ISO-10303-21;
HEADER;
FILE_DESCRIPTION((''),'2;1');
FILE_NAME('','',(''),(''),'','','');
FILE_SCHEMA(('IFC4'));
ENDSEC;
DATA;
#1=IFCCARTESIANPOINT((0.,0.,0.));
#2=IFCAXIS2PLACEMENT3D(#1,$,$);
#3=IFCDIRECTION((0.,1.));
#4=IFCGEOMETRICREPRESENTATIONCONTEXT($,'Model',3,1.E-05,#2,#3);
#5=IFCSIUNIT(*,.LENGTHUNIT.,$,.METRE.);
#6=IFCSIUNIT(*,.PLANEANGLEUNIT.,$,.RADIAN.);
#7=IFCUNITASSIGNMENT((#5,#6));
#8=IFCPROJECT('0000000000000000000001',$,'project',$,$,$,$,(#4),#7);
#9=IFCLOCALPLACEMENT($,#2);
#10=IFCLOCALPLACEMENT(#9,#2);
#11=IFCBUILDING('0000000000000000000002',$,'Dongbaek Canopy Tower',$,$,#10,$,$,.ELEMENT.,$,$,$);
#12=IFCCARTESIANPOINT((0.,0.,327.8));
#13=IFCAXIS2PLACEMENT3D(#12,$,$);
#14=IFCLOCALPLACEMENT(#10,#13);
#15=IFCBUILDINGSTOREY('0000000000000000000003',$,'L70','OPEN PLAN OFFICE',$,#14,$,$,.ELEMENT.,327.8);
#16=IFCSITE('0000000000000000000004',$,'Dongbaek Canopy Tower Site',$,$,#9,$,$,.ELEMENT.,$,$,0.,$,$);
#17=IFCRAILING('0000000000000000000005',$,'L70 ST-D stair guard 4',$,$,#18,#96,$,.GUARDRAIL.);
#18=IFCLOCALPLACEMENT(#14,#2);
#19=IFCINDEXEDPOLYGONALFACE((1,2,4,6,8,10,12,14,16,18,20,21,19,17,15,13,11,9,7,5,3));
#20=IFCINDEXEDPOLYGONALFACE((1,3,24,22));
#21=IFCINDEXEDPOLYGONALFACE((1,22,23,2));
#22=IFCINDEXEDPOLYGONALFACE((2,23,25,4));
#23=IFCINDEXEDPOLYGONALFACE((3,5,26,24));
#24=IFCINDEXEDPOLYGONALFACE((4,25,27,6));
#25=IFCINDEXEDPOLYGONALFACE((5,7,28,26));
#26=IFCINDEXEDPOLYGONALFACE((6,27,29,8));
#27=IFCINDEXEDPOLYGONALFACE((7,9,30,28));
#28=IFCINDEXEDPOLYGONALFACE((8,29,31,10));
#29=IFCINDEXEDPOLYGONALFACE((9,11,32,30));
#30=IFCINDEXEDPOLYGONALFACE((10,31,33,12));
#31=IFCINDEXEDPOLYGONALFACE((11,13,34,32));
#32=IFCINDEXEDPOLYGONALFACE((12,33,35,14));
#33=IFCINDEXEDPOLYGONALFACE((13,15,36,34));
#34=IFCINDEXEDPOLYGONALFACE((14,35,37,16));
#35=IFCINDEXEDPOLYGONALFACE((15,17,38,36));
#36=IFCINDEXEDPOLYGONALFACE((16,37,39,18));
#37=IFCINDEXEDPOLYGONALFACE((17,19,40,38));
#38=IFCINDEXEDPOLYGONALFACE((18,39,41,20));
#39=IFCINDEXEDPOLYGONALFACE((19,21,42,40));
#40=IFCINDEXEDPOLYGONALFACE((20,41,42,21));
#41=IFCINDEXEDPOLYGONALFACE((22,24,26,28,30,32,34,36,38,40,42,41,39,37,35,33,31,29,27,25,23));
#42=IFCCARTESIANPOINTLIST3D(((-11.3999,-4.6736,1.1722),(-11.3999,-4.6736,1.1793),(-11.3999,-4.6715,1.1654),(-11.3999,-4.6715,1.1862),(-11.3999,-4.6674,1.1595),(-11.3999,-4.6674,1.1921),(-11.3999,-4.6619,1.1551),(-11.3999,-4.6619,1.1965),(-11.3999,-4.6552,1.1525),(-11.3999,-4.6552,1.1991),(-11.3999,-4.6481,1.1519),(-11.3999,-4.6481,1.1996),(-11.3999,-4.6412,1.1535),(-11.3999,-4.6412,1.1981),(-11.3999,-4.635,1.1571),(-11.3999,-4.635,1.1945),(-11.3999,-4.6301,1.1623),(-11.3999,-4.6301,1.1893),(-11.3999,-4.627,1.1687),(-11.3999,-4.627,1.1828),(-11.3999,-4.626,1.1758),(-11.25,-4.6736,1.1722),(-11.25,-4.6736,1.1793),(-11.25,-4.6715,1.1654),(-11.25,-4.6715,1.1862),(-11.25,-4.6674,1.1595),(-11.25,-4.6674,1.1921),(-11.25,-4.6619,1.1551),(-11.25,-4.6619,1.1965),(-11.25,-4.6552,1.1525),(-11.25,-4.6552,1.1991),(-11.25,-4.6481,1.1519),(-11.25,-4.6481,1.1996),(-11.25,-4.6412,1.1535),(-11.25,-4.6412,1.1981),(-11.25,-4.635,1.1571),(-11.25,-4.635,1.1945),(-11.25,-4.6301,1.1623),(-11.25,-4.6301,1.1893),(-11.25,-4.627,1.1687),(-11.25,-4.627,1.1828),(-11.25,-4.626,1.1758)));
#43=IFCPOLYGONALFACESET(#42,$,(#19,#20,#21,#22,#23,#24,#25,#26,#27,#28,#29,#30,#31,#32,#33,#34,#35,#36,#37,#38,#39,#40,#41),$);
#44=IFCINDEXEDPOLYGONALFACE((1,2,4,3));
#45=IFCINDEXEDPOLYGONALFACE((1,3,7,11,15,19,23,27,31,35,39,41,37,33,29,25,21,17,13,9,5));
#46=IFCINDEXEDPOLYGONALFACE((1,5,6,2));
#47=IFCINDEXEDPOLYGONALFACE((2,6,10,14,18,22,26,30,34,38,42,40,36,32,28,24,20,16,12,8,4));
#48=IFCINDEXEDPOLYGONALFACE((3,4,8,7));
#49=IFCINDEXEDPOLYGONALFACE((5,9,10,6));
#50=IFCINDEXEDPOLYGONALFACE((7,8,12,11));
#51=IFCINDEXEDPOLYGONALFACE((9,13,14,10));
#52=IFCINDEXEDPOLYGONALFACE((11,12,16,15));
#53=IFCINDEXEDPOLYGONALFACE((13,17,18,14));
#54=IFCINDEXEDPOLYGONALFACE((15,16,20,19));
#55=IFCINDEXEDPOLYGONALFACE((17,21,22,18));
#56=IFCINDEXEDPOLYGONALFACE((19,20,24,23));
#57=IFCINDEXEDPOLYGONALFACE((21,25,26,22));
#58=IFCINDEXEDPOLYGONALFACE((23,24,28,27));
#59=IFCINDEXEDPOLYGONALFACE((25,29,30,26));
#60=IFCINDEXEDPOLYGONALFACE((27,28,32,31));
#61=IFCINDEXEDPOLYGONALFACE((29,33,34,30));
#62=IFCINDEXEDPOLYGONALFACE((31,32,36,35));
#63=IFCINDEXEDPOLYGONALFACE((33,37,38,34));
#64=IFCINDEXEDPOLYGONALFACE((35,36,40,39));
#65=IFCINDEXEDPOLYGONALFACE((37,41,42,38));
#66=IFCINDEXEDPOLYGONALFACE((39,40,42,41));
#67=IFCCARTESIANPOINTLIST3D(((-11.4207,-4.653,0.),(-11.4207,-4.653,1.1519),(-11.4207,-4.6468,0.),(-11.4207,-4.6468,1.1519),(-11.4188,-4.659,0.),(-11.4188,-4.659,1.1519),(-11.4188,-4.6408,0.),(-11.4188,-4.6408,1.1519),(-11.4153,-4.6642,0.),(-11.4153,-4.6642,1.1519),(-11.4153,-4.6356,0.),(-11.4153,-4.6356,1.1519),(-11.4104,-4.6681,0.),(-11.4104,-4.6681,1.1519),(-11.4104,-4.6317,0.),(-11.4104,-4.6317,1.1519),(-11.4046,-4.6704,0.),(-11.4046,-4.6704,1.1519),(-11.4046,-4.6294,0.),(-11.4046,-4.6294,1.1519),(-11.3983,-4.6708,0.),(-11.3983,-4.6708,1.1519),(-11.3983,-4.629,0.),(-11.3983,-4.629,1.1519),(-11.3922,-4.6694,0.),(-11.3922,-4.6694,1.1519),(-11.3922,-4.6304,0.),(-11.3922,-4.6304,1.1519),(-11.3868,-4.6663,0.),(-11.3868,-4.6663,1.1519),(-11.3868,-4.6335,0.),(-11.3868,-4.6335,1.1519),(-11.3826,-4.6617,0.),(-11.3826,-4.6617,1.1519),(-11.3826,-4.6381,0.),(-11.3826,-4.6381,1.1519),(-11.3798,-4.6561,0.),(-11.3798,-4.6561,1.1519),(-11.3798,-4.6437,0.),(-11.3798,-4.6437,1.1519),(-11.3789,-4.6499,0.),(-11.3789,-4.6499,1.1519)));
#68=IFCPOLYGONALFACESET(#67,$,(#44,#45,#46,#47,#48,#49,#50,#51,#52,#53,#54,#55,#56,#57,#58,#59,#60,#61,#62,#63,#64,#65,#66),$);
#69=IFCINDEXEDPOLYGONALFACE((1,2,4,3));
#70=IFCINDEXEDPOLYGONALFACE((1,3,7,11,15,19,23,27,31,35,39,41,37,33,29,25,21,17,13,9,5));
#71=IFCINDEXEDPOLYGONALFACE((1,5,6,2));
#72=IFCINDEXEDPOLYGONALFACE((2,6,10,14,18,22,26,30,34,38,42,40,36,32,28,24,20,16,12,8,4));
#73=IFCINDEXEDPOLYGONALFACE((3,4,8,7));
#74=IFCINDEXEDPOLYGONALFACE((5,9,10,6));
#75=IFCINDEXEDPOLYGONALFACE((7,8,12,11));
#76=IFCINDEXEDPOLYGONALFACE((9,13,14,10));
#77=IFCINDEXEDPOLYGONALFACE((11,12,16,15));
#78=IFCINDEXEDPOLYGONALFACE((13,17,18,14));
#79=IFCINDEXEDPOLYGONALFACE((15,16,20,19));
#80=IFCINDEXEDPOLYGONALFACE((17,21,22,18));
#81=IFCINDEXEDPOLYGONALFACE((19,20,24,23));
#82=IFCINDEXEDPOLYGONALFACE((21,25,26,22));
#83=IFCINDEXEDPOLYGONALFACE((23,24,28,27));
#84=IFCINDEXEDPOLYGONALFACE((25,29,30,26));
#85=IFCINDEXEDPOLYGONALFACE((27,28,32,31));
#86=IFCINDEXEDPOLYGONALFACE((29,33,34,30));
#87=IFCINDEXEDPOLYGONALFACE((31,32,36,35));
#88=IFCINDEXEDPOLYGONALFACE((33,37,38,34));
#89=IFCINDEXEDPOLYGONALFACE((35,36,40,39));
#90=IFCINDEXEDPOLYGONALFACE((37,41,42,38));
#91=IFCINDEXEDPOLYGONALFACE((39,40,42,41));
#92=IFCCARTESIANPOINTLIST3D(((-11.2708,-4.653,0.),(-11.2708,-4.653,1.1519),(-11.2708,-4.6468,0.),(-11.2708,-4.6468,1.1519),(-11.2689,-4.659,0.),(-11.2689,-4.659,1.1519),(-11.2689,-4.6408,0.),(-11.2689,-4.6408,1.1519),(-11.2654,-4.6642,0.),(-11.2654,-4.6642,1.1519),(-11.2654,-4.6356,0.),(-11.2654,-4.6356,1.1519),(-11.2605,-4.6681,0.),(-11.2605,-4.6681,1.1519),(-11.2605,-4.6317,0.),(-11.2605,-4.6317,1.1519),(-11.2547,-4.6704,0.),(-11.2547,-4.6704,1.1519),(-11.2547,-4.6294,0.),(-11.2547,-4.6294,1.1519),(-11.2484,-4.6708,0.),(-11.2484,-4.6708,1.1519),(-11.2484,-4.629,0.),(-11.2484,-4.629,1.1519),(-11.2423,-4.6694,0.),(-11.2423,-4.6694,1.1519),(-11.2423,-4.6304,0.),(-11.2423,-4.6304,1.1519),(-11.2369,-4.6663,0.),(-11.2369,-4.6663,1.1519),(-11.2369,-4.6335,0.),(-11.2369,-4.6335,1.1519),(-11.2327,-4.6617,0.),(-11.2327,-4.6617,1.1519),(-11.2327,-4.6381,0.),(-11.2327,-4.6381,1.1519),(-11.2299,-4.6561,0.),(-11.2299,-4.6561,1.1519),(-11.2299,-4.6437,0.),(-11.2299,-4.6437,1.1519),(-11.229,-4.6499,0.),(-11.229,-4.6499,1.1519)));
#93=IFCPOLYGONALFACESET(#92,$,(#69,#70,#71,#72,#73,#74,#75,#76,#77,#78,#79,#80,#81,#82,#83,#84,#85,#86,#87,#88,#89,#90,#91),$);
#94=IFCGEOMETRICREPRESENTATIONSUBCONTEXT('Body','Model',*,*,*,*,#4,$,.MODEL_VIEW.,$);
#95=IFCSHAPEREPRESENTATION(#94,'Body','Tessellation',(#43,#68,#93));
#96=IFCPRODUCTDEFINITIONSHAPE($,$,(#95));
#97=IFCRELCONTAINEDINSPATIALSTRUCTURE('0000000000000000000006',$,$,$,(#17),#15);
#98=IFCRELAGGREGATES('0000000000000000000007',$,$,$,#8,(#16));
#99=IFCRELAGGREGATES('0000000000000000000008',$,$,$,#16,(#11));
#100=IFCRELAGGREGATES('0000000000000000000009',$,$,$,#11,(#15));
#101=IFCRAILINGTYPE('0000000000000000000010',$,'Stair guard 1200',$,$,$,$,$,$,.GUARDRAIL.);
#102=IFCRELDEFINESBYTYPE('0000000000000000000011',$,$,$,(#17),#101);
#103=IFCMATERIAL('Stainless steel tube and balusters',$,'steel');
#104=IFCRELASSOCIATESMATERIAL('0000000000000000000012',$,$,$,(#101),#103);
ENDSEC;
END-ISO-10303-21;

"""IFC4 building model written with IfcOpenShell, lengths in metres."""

from ifc_helpers import new_model, si_unit, direction, frame, origin, origin_2d, place, context, subcontext, project, spatial, circle, extrude, material, type_object, element, save


model = new_model("IFC4")

# Units and contexts
model_context = context("Model", 3, precision=1e-05, world=origin(), true_north=direction((0.0, 1.0)))
body_context = subcontext(model_context, "Body", "Model", "MODEL_VIEW")
ifc_project = project(units=[si_unit("LENGTHUNIT", "METRE"), si_unit("PLANEANGLEUNIT", "RADIAN")], contexts=[model_context])

# Site, building, storey
site_placement = place(None, origin())
site = spatial("IfcSite", under=ifc_project, at=site_placement, Name="Dongbaek Canopy Tower Site", CompositionType="ELEMENT", RefElevation=0.0)
building_placement = place(site_placement, origin())
building = spatial("IfcBuilding", under=site, at=building_placement, Name="Dongbaek Canopy Tower", CompositionType="ELEMENT")
storey_placement = place(building_placement, frame((0.0, 0.0, 327.8)))
storey = spatial("IfcBuildingStorey", under=building, at=storey_placement, Name="L70", Description="OPEN PLAN OFFICE", CompositionType="ELEMENT", Elevation=327.8)

# Railing
ifc_material_1 = material(Name="Stainless steel tube and balusters", Category="steel")
railing_type_1 = type_object("IfcRailingType", Name="Stair guard 1200", PredefinedType="GUARDRAIL", material=ifc_material_1)
railing_1_placement = place(storey_placement, frame((-11.3999, -4.6499, 0.0)))
element("IfcRailing", 1, at=railing_1_placement, inside=storey, type_object=railing_type_1, Name="L70 ST-D stair guard 4", PredefinedType="GUARDRAIL", context=body_context, shape_type="SweptSolid", body=[
    extrude(circle(Radius=0.0239, at=origin_2d()), frame((0.0, 0.0, 1.1758), z_axis=(1.0, 0.0, 0.0), x_axis=(0.0, 1.0, 0.0)), (0.0, 0.0, 1.0), 0.1499),
    extrude(circle(Radius=0.021, at=origin_2d()), origin(), (0.0, 0.0, 1.0), 1.1519),
    extrude(circle(Radius=0.021, at=origin_2d()), frame((0.1499, 0.0, 0.0)), (0.0, 0.0, 1.0), 1.1519),
])

save(model, "model.ifc")
